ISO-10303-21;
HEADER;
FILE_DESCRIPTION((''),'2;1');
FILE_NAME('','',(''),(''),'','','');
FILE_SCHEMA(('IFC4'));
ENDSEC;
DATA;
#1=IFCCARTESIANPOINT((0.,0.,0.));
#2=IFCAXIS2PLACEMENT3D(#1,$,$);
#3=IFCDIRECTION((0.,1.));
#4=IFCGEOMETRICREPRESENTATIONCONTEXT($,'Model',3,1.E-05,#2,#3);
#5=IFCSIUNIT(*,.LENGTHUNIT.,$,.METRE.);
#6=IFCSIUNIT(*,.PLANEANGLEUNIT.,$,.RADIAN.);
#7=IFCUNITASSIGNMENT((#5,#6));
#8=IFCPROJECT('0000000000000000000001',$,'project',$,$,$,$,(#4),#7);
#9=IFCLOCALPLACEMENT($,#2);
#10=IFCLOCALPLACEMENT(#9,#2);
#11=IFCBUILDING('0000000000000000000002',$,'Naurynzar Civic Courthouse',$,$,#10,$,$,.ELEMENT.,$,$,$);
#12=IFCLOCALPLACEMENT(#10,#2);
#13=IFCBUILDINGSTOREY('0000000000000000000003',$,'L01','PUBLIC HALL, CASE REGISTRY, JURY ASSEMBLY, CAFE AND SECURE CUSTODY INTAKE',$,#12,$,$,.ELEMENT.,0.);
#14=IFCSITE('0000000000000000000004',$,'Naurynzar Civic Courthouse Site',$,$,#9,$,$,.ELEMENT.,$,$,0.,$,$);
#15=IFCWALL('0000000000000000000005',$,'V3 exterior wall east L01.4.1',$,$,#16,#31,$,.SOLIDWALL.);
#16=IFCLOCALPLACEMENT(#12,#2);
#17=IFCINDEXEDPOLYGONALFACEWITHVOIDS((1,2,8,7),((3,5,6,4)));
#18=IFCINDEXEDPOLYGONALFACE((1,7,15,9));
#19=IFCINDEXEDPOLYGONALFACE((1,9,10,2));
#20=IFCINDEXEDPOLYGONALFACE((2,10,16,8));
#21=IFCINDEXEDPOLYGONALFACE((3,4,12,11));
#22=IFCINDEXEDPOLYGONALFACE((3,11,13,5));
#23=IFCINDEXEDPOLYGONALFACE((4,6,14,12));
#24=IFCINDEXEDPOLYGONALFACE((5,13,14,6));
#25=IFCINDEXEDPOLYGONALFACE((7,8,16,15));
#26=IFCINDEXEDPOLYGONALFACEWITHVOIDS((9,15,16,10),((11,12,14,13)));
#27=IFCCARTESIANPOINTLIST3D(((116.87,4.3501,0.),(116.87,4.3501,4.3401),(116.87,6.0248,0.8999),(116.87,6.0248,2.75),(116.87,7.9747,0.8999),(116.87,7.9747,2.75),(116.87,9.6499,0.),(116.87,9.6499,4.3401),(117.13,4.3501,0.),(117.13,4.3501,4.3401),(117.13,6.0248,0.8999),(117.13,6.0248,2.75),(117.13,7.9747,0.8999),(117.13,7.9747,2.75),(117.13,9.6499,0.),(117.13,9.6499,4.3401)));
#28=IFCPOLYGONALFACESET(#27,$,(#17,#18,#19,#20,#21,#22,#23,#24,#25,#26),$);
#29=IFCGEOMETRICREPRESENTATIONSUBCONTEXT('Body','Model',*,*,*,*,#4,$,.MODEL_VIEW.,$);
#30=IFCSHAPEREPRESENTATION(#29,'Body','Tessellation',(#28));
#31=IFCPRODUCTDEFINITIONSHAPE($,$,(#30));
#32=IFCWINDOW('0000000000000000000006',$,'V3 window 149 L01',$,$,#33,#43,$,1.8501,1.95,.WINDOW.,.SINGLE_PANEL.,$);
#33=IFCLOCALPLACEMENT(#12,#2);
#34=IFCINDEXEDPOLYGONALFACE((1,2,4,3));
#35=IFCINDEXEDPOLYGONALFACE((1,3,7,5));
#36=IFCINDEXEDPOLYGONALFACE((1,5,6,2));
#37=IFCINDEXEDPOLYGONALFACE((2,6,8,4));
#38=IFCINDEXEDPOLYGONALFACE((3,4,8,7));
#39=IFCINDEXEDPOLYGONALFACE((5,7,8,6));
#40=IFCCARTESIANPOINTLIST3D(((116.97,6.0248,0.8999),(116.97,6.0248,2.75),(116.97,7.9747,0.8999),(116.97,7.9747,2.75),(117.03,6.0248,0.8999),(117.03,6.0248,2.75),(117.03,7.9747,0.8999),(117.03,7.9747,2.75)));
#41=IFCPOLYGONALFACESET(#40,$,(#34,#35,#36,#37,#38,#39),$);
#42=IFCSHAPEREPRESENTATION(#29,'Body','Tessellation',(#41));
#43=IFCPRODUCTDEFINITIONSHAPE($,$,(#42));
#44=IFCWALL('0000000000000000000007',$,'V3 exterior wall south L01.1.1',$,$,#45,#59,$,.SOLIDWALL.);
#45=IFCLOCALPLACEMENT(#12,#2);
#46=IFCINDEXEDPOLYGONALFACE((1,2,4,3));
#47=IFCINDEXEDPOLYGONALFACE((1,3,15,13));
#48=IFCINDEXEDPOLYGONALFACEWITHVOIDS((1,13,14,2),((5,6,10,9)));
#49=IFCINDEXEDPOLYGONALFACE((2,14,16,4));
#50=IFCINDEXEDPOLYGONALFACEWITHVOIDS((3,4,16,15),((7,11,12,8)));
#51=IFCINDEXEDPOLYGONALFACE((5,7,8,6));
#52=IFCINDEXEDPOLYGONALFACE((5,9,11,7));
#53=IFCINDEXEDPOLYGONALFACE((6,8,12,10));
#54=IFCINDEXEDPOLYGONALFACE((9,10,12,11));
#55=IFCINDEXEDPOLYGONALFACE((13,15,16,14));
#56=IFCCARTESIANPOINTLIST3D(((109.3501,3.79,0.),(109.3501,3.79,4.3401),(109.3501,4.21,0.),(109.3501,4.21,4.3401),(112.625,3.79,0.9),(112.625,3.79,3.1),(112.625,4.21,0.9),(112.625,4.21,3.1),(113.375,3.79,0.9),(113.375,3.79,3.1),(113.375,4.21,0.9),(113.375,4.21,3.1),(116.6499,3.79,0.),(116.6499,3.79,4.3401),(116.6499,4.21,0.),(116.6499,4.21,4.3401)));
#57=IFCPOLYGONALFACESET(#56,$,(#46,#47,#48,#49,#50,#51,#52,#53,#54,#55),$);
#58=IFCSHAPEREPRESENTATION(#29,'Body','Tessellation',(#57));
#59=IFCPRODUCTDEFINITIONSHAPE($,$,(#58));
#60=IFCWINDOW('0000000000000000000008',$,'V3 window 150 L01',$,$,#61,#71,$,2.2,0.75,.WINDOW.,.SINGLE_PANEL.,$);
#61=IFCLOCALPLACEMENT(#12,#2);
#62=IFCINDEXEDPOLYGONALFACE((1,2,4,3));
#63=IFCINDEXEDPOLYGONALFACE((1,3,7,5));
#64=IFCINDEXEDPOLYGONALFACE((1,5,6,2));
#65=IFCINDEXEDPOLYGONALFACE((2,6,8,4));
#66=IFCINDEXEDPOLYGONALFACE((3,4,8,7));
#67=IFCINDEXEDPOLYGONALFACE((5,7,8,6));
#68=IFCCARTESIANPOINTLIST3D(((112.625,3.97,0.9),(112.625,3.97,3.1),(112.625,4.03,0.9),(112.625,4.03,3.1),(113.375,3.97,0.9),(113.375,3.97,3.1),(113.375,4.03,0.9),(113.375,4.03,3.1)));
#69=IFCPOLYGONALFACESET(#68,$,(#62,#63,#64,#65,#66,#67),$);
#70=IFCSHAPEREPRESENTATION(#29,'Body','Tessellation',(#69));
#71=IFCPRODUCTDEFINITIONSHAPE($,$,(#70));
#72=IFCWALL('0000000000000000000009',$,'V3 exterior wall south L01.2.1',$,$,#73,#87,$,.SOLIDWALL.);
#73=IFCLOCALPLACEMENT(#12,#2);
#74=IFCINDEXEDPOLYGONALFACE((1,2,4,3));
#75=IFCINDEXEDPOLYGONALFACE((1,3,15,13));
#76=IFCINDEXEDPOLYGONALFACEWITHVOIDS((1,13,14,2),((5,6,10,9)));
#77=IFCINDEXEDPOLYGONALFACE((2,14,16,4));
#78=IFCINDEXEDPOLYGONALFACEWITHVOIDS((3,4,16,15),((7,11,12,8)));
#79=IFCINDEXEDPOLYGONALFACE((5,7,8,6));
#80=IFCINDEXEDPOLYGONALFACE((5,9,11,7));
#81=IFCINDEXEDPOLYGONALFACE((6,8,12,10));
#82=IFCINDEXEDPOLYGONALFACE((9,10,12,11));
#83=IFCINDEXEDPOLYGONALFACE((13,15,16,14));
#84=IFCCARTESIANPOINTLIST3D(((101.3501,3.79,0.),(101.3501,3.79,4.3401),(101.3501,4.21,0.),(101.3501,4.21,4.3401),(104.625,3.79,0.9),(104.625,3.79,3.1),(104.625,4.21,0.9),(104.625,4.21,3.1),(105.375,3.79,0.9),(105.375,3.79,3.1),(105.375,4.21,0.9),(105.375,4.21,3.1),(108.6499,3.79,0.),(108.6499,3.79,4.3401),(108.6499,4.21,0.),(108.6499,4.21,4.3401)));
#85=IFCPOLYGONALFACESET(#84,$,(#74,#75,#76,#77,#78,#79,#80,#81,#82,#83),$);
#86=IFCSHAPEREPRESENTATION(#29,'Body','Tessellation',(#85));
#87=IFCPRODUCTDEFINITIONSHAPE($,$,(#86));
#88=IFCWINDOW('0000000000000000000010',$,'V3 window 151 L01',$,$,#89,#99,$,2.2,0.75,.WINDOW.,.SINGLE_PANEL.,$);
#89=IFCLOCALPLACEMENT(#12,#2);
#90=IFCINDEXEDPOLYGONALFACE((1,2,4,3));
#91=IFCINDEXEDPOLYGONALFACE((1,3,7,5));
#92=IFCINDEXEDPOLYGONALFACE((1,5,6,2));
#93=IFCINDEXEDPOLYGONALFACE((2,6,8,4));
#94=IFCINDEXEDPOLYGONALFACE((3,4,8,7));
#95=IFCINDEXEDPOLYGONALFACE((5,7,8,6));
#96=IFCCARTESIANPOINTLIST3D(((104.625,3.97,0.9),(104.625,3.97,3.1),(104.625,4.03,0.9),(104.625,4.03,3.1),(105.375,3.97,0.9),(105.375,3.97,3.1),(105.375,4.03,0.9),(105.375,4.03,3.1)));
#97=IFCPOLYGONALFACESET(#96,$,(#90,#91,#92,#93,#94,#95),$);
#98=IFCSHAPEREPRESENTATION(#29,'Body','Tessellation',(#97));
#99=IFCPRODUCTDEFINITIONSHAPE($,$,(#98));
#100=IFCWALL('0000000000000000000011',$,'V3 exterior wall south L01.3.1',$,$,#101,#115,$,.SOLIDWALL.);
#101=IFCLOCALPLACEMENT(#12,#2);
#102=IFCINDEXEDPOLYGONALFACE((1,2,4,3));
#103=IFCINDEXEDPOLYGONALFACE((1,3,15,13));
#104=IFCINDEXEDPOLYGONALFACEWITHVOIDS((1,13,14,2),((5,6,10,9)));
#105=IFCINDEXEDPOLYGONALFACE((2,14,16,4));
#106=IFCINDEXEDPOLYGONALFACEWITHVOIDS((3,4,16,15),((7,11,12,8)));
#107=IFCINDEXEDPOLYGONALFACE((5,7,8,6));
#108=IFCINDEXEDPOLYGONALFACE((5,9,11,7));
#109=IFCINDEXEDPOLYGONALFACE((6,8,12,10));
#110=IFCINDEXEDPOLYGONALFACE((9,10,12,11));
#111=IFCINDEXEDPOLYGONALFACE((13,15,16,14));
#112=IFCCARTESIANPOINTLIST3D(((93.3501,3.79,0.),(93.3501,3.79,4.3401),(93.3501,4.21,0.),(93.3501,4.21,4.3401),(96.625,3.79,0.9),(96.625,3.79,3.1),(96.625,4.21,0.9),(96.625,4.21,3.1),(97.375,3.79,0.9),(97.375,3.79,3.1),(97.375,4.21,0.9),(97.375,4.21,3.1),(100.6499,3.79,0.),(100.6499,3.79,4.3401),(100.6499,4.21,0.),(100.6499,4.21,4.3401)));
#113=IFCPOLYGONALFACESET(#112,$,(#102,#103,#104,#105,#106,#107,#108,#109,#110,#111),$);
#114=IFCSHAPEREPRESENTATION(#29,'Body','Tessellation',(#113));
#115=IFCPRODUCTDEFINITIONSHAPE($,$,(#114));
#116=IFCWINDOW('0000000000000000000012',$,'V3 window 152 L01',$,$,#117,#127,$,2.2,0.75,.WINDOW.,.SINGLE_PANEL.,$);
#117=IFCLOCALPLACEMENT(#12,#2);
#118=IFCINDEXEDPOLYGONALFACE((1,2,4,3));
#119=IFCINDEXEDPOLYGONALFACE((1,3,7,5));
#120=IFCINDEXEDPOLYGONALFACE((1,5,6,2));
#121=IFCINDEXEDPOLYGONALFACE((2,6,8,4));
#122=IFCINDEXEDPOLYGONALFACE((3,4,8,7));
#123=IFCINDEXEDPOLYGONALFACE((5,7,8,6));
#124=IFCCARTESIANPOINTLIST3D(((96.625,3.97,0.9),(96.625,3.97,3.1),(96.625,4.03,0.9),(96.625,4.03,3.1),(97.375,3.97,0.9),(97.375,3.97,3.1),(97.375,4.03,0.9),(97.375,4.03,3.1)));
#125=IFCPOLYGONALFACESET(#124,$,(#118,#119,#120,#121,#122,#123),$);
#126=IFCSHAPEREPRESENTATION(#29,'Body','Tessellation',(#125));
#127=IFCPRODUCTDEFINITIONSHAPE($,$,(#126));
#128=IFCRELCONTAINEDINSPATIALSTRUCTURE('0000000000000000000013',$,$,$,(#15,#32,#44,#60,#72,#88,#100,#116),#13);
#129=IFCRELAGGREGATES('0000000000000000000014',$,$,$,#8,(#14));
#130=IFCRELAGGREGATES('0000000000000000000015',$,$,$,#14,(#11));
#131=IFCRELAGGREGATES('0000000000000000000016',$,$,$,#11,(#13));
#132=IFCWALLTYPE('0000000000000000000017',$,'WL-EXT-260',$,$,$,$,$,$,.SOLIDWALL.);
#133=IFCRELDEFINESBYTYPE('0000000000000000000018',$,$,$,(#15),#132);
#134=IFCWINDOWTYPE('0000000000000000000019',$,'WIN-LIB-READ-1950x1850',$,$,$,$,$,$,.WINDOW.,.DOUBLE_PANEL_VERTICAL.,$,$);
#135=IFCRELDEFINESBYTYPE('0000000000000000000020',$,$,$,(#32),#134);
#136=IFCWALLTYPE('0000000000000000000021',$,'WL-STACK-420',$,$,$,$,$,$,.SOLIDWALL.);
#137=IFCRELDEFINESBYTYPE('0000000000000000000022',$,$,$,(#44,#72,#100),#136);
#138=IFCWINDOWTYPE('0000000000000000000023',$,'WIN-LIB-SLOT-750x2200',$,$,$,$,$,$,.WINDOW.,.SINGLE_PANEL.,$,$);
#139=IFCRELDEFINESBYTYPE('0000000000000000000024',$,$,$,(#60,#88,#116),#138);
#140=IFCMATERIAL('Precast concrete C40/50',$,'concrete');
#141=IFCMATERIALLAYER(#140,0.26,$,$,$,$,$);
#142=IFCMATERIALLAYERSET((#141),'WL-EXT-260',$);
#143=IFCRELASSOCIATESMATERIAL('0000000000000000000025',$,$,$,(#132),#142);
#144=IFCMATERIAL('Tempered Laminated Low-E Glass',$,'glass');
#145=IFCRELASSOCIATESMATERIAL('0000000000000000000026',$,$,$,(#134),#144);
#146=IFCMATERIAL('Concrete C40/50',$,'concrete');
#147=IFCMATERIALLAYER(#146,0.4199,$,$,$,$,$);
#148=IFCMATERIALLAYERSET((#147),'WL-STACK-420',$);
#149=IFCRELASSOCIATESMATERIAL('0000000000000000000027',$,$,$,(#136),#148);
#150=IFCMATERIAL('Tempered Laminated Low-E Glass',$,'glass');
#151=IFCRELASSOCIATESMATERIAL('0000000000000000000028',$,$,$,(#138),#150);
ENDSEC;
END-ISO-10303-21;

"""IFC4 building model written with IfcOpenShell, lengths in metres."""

from ifc_helpers import new_model, si_unit, direction, frame, frame_2d, origin, place, context, subcontext, project, spatial, rectangle, extrude, material, layer, layer_set, type_object, element, fill, save


model = new_model("IFC4")

# Units and contexts
model_context = context("Model", 3, precision=1e-05, world=origin(), true_north=direction((0.0, 1.0)))
body_context = subcontext(model_context, "Body", "Model", "MODEL_VIEW")
ifc_project = project(units=[si_unit("LENGTHUNIT", "METRE"), si_unit("PLANEANGLEUNIT", "RADIAN")], contexts=[model_context])

# Site, building, storey
site_placement = place(None, origin())
site = spatial("IfcSite", under=ifc_project, at=site_placement, Name="Naurynzar Civic Courthouse Site", CompositionType="ELEMENT", RefElevation=0.0)
building_placement = place(site_placement, origin())
building = spatial("IfcBuilding", under=site, at=building_placement, Name="Naurynzar Civic Courthouse", CompositionType="ELEMENT")
storey_placement = place(building_placement, origin())
storey = spatial("IfcBuildingStorey", under=building, at=storey_placement, Name="L01", Description="PUBLIC HALL, CASE REGISTRY, JURY ASSEMBLY, CAFE AND SECURE CUSTODY INTAKE", CompositionType="ELEMENT", Elevation=0.0)

# Walls, openings, windows
ifc_material_1 = material(Name="Precast concrete C40/50", Category="concrete")
ifc_layer_1 = layer(ifc_material_1, 0.26)
ifc_layer_set_1 = layer_set([ifc_layer_1], Name="WL-EXT-260")
wall_type_1 = type_object("IfcWallType", Name="WL-EXT-260", PredefinedType="SOLIDWALL", material=ifc_layer_set_1)
wall_1_placement = place(storey_placement, frame((117.0, 9.6499, 0.0), z_axis=(0.0, 0.0, 1.0), x_axis=(0.0, -1.0, 0.0)))
wall_1 = element("IfcWall", 1, at=wall_1_placement, inside=storey, type_object=wall_type_1, Name="V3 exterior wall east L01.4.1", PredefinedType="SOLIDWALL", context=body_context, shape_type="SweptSolid", body=[
    extrude(rectangle(XDim=5.2998, YDim=0.26, at=frame_2d((2.6499, 0.0))), origin(), (0.0, 0.0, 1.0), 4.3401),
])
opening_1_placement = place(wall_1_placement, frame((1.675, 0.0, 0.8999)))
opening_1 = element("IfcOpeningElement", 2, at=opening_1_placement, cuts=wall_1, PredefinedType="OPENING", context=body_context, shape_type="SweptSolid", body=[
    extrude(rectangle(XDim=1.95, YDim=1.8501, at=frame_2d((0.9751, 0.925))), frame((0.0, 0.1399, 0.0), z_axis=(0.0, -1.0, 0.0), x_axis=(1.0, 0.0, 0.0)), (0.0, 0.0, 1.0), 0.28),
])
ifc_material_2 = material(Name="Tempered Laminated Low-E Glass", Category="glass")
window_type_1 = type_object("IfcWindowType", Name="WIN-LIB-READ-1950x1850", PartitioningType="DOUBLE_PANEL_VERTICAL", PredefinedType="WINDOW", material=ifc_material_2)
window_1_placement = place(opening_1_placement, origin())
window_1 = element("IfcWindow", 3, at=window_1_placement, inside=storey, type_object=window_type_1, Name="V3 window 149 L01", OverallHeight=1.8501, OverallWidth=1.95, PartitioningType="SINGLE_PANEL", PredefinedType="WINDOW", context=body_context, shape_type="SweptSolid", body=[
    extrude(rectangle(XDim=1.95, YDim=1.8501, at=frame_2d((0.9751, 0.925))), frame((0.0, 0.03, 0.0), z_axis=(0.0, -1.0, 0.0), x_axis=(1.0, 0.0, 0.0)), (0.0, 0.0, 1.0), 0.0601),
])
fill(opening_1, window_1)
ifc_material_3 = material(Name="Concrete C40/50", Category="concrete")
ifc_layer_2 = layer(ifc_material_3, 0.4199)
ifc_layer_set_2 = layer_set([ifc_layer_2], Name="WL-STACK-420")
wall_type_2 = type_object("IfcWallType", Name="WL-STACK-420", PredefinedType="SOLIDWALL", material=ifc_layer_set_2)
wall_2_placement = place(storey_placement, frame((116.6499, 4.0, 0.0), z_axis=(0.0, 0.0, 1.0), x_axis=(-1.0, 0.0, 0.0)))
wall_2 = element("IfcWall", 4, at=wall_2_placement, inside=storey, type_object=wall_type_2, Name="V3 exterior wall south L01.1.1", PredefinedType="SOLIDWALL", context=body_context, shape_type="SweptSolid", body=[
    extrude(rectangle(XDim=7.2998, YDim=0.4199, at=frame_2d((3.6499, 0.0))), origin(), (0.0, 0.0, 1.0), 4.3401),
])
opening_2_placement = place(wall_2_placement, frame((3.2749, 0.0, 0.8999)))
opening_2 = element("IfcOpeningElement", 5, at=opening_2_placement, cuts=wall_2, PredefinedType="OPENING", context=body_context, shape_type="SweptSolid", body=[
    extrude(rectangle(XDim=0.75, YDim=2.2, at=frame_2d((0.375, 1.1001))), frame((0.0, 0.22, 0.0), z_axis=(0.0, -1.0, 0.0), x_axis=(1.0, 0.0, 0.0)), (0.0, 0.0, 1.0), 0.4399),
])
ifc_material_4 = material(Name="Tempered Laminated Low-E Glass", Category="glass")
window_type_2 = type_object("IfcWindowType", Name="WIN-LIB-SLOT-750x2200", PartitioningType="SINGLE_PANEL", PredefinedType="WINDOW", material=ifc_material_4)
window_2_placement = place(opening_2_placement, origin())
window_2 = element("IfcWindow", 6, at=window_2_placement, inside=storey, type_object=window_type_2, Name="V3 window 150 L01", OverallHeight=2.2, OverallWidth=0.75, PartitioningType="SINGLE_PANEL", PredefinedType="WINDOW", context=body_context, shape_type="SweptSolid", body=[
    extrude(rectangle(XDim=0.75, YDim=2.2, at=frame_2d((0.375, 1.1001))), frame((0.0, 0.03, 0.0), z_axis=(0.0, -1.0, 0.0), x_axis=(1.0, 0.0, 0.0)), (0.0, 0.0, 1.0), 0.0601),
])
fill(opening_2, window_2)
wall_3_placement = place(storey_placement, frame((108.6499, 4.0, 0.0), z_axis=(0.0, 0.0, 1.0), x_axis=(-1.0, 0.0, 0.0)))
wall_3 = element("IfcWall", 7, at=wall_3_placement, inside=storey, type_object=wall_type_2, Name="V3 exterior wall south L01.2.1", PredefinedType="SOLIDWALL", context=body_context, shape_type="SweptSolid", body=[
    extrude(rectangle(XDim=7.2998, YDim=0.4199, at=frame_2d((3.6499, 0.0))), origin(), (0.0, 0.0, 1.0), 4.3401),
])
opening_3_placement = place(wall_3_placement, frame((3.2749, 0.0, 0.8999)))
opening_3 = element("IfcOpeningElement", 8, at=opening_3_placement, cuts=wall_3, PredefinedType="OPENING", context=body_context, shape_type="SweptSolid", body=[
    extrude(rectangle(XDim=0.75, YDim=2.2, at=frame_2d((0.375, 1.1001))), frame((0.0, 0.22, 0.0), z_axis=(0.0, -1.0, 0.0), x_axis=(1.0, 0.0, 0.0)), (0.0, 0.0, 1.0), 0.4399),
])
window_3_placement = place(opening_3_placement, origin())
window_3 = element("IfcWindow", 9, at=window_3_placement, inside=storey, type_object=window_type_2, Name="V3 window 151 L01", OverallHeight=2.2, OverallWidth=0.75, PartitioningType="SINGLE_PANEL", PredefinedType="WINDOW", context=body_context, shape_type="SweptSolid", body=[
    extrude(rectangle(XDim=0.75, YDim=2.2, at=frame_2d((0.375, 1.1001))), frame((0.0, 0.03, 0.0), z_axis=(0.0, -1.0, 0.0), x_axis=(1.0, 0.0, 0.0)), (0.0, 0.0, 1.0), 0.0601),
])
fill(opening_3, window_3)
wall_4_placement = place(storey_placement, frame((100.6499, 4.0, 0.0), z_axis=(0.0, 0.0, 1.0), x_axis=(-1.0, 0.0, 0.0)))
wall_4 = element("IfcWall", 10, at=wall_4_placement, inside=storey, type_object=wall_type_2, Name="V3 exterior wall south L01.3.1", PredefinedType="SOLIDWALL", context=body_context, shape_type="SweptSolid", body=[
    extrude(rectangle(XDim=7.2998, YDim=0.4199, at=frame_2d((3.6499, 0.0))), origin(), (0.0, 0.0, 1.0), 4.3401),
])
opening_4_placement = place(wall_4_placement, frame((3.2749, 0.0, 0.8999)))
opening_4 = element("IfcOpeningElement", 11, at=opening_4_placement, cuts=wall_4, PredefinedType="OPENING", context=body_context, shape_type="SweptSolid", body=[
    extrude(rectangle(XDim=0.75, YDim=2.2, at=frame_2d((0.375, 1.1001))), frame((0.0, 0.22, 0.0), z_axis=(0.0, -1.0, 0.0), x_axis=(1.0, 0.0, 0.0)), (0.0, 0.0, 1.0), 0.4399),
])
window_4_placement = place(opening_4_placement, origin())
window_4 = element("IfcWindow", 12, at=window_4_placement, inside=storey, type_object=window_type_2, Name="V3 window 152 L01", OverallHeight=2.2, OverallWidth=0.75, PartitioningType="SINGLE_PANEL", PredefinedType="WINDOW", context=body_context, shape_type="SweptSolid", body=[
    extrude(rectangle(XDim=0.75, YDim=2.2, at=frame_2d((0.375, 1.1001))), frame((0.0, 0.03, 0.0), z_axis=(0.0, -1.0, 0.0), x_axis=(1.0, 0.0, 0.0)), (0.0, 0.0, 1.0), 0.0601),
])
fill(opening_4, window_4)

save(model, "model.ifc")
